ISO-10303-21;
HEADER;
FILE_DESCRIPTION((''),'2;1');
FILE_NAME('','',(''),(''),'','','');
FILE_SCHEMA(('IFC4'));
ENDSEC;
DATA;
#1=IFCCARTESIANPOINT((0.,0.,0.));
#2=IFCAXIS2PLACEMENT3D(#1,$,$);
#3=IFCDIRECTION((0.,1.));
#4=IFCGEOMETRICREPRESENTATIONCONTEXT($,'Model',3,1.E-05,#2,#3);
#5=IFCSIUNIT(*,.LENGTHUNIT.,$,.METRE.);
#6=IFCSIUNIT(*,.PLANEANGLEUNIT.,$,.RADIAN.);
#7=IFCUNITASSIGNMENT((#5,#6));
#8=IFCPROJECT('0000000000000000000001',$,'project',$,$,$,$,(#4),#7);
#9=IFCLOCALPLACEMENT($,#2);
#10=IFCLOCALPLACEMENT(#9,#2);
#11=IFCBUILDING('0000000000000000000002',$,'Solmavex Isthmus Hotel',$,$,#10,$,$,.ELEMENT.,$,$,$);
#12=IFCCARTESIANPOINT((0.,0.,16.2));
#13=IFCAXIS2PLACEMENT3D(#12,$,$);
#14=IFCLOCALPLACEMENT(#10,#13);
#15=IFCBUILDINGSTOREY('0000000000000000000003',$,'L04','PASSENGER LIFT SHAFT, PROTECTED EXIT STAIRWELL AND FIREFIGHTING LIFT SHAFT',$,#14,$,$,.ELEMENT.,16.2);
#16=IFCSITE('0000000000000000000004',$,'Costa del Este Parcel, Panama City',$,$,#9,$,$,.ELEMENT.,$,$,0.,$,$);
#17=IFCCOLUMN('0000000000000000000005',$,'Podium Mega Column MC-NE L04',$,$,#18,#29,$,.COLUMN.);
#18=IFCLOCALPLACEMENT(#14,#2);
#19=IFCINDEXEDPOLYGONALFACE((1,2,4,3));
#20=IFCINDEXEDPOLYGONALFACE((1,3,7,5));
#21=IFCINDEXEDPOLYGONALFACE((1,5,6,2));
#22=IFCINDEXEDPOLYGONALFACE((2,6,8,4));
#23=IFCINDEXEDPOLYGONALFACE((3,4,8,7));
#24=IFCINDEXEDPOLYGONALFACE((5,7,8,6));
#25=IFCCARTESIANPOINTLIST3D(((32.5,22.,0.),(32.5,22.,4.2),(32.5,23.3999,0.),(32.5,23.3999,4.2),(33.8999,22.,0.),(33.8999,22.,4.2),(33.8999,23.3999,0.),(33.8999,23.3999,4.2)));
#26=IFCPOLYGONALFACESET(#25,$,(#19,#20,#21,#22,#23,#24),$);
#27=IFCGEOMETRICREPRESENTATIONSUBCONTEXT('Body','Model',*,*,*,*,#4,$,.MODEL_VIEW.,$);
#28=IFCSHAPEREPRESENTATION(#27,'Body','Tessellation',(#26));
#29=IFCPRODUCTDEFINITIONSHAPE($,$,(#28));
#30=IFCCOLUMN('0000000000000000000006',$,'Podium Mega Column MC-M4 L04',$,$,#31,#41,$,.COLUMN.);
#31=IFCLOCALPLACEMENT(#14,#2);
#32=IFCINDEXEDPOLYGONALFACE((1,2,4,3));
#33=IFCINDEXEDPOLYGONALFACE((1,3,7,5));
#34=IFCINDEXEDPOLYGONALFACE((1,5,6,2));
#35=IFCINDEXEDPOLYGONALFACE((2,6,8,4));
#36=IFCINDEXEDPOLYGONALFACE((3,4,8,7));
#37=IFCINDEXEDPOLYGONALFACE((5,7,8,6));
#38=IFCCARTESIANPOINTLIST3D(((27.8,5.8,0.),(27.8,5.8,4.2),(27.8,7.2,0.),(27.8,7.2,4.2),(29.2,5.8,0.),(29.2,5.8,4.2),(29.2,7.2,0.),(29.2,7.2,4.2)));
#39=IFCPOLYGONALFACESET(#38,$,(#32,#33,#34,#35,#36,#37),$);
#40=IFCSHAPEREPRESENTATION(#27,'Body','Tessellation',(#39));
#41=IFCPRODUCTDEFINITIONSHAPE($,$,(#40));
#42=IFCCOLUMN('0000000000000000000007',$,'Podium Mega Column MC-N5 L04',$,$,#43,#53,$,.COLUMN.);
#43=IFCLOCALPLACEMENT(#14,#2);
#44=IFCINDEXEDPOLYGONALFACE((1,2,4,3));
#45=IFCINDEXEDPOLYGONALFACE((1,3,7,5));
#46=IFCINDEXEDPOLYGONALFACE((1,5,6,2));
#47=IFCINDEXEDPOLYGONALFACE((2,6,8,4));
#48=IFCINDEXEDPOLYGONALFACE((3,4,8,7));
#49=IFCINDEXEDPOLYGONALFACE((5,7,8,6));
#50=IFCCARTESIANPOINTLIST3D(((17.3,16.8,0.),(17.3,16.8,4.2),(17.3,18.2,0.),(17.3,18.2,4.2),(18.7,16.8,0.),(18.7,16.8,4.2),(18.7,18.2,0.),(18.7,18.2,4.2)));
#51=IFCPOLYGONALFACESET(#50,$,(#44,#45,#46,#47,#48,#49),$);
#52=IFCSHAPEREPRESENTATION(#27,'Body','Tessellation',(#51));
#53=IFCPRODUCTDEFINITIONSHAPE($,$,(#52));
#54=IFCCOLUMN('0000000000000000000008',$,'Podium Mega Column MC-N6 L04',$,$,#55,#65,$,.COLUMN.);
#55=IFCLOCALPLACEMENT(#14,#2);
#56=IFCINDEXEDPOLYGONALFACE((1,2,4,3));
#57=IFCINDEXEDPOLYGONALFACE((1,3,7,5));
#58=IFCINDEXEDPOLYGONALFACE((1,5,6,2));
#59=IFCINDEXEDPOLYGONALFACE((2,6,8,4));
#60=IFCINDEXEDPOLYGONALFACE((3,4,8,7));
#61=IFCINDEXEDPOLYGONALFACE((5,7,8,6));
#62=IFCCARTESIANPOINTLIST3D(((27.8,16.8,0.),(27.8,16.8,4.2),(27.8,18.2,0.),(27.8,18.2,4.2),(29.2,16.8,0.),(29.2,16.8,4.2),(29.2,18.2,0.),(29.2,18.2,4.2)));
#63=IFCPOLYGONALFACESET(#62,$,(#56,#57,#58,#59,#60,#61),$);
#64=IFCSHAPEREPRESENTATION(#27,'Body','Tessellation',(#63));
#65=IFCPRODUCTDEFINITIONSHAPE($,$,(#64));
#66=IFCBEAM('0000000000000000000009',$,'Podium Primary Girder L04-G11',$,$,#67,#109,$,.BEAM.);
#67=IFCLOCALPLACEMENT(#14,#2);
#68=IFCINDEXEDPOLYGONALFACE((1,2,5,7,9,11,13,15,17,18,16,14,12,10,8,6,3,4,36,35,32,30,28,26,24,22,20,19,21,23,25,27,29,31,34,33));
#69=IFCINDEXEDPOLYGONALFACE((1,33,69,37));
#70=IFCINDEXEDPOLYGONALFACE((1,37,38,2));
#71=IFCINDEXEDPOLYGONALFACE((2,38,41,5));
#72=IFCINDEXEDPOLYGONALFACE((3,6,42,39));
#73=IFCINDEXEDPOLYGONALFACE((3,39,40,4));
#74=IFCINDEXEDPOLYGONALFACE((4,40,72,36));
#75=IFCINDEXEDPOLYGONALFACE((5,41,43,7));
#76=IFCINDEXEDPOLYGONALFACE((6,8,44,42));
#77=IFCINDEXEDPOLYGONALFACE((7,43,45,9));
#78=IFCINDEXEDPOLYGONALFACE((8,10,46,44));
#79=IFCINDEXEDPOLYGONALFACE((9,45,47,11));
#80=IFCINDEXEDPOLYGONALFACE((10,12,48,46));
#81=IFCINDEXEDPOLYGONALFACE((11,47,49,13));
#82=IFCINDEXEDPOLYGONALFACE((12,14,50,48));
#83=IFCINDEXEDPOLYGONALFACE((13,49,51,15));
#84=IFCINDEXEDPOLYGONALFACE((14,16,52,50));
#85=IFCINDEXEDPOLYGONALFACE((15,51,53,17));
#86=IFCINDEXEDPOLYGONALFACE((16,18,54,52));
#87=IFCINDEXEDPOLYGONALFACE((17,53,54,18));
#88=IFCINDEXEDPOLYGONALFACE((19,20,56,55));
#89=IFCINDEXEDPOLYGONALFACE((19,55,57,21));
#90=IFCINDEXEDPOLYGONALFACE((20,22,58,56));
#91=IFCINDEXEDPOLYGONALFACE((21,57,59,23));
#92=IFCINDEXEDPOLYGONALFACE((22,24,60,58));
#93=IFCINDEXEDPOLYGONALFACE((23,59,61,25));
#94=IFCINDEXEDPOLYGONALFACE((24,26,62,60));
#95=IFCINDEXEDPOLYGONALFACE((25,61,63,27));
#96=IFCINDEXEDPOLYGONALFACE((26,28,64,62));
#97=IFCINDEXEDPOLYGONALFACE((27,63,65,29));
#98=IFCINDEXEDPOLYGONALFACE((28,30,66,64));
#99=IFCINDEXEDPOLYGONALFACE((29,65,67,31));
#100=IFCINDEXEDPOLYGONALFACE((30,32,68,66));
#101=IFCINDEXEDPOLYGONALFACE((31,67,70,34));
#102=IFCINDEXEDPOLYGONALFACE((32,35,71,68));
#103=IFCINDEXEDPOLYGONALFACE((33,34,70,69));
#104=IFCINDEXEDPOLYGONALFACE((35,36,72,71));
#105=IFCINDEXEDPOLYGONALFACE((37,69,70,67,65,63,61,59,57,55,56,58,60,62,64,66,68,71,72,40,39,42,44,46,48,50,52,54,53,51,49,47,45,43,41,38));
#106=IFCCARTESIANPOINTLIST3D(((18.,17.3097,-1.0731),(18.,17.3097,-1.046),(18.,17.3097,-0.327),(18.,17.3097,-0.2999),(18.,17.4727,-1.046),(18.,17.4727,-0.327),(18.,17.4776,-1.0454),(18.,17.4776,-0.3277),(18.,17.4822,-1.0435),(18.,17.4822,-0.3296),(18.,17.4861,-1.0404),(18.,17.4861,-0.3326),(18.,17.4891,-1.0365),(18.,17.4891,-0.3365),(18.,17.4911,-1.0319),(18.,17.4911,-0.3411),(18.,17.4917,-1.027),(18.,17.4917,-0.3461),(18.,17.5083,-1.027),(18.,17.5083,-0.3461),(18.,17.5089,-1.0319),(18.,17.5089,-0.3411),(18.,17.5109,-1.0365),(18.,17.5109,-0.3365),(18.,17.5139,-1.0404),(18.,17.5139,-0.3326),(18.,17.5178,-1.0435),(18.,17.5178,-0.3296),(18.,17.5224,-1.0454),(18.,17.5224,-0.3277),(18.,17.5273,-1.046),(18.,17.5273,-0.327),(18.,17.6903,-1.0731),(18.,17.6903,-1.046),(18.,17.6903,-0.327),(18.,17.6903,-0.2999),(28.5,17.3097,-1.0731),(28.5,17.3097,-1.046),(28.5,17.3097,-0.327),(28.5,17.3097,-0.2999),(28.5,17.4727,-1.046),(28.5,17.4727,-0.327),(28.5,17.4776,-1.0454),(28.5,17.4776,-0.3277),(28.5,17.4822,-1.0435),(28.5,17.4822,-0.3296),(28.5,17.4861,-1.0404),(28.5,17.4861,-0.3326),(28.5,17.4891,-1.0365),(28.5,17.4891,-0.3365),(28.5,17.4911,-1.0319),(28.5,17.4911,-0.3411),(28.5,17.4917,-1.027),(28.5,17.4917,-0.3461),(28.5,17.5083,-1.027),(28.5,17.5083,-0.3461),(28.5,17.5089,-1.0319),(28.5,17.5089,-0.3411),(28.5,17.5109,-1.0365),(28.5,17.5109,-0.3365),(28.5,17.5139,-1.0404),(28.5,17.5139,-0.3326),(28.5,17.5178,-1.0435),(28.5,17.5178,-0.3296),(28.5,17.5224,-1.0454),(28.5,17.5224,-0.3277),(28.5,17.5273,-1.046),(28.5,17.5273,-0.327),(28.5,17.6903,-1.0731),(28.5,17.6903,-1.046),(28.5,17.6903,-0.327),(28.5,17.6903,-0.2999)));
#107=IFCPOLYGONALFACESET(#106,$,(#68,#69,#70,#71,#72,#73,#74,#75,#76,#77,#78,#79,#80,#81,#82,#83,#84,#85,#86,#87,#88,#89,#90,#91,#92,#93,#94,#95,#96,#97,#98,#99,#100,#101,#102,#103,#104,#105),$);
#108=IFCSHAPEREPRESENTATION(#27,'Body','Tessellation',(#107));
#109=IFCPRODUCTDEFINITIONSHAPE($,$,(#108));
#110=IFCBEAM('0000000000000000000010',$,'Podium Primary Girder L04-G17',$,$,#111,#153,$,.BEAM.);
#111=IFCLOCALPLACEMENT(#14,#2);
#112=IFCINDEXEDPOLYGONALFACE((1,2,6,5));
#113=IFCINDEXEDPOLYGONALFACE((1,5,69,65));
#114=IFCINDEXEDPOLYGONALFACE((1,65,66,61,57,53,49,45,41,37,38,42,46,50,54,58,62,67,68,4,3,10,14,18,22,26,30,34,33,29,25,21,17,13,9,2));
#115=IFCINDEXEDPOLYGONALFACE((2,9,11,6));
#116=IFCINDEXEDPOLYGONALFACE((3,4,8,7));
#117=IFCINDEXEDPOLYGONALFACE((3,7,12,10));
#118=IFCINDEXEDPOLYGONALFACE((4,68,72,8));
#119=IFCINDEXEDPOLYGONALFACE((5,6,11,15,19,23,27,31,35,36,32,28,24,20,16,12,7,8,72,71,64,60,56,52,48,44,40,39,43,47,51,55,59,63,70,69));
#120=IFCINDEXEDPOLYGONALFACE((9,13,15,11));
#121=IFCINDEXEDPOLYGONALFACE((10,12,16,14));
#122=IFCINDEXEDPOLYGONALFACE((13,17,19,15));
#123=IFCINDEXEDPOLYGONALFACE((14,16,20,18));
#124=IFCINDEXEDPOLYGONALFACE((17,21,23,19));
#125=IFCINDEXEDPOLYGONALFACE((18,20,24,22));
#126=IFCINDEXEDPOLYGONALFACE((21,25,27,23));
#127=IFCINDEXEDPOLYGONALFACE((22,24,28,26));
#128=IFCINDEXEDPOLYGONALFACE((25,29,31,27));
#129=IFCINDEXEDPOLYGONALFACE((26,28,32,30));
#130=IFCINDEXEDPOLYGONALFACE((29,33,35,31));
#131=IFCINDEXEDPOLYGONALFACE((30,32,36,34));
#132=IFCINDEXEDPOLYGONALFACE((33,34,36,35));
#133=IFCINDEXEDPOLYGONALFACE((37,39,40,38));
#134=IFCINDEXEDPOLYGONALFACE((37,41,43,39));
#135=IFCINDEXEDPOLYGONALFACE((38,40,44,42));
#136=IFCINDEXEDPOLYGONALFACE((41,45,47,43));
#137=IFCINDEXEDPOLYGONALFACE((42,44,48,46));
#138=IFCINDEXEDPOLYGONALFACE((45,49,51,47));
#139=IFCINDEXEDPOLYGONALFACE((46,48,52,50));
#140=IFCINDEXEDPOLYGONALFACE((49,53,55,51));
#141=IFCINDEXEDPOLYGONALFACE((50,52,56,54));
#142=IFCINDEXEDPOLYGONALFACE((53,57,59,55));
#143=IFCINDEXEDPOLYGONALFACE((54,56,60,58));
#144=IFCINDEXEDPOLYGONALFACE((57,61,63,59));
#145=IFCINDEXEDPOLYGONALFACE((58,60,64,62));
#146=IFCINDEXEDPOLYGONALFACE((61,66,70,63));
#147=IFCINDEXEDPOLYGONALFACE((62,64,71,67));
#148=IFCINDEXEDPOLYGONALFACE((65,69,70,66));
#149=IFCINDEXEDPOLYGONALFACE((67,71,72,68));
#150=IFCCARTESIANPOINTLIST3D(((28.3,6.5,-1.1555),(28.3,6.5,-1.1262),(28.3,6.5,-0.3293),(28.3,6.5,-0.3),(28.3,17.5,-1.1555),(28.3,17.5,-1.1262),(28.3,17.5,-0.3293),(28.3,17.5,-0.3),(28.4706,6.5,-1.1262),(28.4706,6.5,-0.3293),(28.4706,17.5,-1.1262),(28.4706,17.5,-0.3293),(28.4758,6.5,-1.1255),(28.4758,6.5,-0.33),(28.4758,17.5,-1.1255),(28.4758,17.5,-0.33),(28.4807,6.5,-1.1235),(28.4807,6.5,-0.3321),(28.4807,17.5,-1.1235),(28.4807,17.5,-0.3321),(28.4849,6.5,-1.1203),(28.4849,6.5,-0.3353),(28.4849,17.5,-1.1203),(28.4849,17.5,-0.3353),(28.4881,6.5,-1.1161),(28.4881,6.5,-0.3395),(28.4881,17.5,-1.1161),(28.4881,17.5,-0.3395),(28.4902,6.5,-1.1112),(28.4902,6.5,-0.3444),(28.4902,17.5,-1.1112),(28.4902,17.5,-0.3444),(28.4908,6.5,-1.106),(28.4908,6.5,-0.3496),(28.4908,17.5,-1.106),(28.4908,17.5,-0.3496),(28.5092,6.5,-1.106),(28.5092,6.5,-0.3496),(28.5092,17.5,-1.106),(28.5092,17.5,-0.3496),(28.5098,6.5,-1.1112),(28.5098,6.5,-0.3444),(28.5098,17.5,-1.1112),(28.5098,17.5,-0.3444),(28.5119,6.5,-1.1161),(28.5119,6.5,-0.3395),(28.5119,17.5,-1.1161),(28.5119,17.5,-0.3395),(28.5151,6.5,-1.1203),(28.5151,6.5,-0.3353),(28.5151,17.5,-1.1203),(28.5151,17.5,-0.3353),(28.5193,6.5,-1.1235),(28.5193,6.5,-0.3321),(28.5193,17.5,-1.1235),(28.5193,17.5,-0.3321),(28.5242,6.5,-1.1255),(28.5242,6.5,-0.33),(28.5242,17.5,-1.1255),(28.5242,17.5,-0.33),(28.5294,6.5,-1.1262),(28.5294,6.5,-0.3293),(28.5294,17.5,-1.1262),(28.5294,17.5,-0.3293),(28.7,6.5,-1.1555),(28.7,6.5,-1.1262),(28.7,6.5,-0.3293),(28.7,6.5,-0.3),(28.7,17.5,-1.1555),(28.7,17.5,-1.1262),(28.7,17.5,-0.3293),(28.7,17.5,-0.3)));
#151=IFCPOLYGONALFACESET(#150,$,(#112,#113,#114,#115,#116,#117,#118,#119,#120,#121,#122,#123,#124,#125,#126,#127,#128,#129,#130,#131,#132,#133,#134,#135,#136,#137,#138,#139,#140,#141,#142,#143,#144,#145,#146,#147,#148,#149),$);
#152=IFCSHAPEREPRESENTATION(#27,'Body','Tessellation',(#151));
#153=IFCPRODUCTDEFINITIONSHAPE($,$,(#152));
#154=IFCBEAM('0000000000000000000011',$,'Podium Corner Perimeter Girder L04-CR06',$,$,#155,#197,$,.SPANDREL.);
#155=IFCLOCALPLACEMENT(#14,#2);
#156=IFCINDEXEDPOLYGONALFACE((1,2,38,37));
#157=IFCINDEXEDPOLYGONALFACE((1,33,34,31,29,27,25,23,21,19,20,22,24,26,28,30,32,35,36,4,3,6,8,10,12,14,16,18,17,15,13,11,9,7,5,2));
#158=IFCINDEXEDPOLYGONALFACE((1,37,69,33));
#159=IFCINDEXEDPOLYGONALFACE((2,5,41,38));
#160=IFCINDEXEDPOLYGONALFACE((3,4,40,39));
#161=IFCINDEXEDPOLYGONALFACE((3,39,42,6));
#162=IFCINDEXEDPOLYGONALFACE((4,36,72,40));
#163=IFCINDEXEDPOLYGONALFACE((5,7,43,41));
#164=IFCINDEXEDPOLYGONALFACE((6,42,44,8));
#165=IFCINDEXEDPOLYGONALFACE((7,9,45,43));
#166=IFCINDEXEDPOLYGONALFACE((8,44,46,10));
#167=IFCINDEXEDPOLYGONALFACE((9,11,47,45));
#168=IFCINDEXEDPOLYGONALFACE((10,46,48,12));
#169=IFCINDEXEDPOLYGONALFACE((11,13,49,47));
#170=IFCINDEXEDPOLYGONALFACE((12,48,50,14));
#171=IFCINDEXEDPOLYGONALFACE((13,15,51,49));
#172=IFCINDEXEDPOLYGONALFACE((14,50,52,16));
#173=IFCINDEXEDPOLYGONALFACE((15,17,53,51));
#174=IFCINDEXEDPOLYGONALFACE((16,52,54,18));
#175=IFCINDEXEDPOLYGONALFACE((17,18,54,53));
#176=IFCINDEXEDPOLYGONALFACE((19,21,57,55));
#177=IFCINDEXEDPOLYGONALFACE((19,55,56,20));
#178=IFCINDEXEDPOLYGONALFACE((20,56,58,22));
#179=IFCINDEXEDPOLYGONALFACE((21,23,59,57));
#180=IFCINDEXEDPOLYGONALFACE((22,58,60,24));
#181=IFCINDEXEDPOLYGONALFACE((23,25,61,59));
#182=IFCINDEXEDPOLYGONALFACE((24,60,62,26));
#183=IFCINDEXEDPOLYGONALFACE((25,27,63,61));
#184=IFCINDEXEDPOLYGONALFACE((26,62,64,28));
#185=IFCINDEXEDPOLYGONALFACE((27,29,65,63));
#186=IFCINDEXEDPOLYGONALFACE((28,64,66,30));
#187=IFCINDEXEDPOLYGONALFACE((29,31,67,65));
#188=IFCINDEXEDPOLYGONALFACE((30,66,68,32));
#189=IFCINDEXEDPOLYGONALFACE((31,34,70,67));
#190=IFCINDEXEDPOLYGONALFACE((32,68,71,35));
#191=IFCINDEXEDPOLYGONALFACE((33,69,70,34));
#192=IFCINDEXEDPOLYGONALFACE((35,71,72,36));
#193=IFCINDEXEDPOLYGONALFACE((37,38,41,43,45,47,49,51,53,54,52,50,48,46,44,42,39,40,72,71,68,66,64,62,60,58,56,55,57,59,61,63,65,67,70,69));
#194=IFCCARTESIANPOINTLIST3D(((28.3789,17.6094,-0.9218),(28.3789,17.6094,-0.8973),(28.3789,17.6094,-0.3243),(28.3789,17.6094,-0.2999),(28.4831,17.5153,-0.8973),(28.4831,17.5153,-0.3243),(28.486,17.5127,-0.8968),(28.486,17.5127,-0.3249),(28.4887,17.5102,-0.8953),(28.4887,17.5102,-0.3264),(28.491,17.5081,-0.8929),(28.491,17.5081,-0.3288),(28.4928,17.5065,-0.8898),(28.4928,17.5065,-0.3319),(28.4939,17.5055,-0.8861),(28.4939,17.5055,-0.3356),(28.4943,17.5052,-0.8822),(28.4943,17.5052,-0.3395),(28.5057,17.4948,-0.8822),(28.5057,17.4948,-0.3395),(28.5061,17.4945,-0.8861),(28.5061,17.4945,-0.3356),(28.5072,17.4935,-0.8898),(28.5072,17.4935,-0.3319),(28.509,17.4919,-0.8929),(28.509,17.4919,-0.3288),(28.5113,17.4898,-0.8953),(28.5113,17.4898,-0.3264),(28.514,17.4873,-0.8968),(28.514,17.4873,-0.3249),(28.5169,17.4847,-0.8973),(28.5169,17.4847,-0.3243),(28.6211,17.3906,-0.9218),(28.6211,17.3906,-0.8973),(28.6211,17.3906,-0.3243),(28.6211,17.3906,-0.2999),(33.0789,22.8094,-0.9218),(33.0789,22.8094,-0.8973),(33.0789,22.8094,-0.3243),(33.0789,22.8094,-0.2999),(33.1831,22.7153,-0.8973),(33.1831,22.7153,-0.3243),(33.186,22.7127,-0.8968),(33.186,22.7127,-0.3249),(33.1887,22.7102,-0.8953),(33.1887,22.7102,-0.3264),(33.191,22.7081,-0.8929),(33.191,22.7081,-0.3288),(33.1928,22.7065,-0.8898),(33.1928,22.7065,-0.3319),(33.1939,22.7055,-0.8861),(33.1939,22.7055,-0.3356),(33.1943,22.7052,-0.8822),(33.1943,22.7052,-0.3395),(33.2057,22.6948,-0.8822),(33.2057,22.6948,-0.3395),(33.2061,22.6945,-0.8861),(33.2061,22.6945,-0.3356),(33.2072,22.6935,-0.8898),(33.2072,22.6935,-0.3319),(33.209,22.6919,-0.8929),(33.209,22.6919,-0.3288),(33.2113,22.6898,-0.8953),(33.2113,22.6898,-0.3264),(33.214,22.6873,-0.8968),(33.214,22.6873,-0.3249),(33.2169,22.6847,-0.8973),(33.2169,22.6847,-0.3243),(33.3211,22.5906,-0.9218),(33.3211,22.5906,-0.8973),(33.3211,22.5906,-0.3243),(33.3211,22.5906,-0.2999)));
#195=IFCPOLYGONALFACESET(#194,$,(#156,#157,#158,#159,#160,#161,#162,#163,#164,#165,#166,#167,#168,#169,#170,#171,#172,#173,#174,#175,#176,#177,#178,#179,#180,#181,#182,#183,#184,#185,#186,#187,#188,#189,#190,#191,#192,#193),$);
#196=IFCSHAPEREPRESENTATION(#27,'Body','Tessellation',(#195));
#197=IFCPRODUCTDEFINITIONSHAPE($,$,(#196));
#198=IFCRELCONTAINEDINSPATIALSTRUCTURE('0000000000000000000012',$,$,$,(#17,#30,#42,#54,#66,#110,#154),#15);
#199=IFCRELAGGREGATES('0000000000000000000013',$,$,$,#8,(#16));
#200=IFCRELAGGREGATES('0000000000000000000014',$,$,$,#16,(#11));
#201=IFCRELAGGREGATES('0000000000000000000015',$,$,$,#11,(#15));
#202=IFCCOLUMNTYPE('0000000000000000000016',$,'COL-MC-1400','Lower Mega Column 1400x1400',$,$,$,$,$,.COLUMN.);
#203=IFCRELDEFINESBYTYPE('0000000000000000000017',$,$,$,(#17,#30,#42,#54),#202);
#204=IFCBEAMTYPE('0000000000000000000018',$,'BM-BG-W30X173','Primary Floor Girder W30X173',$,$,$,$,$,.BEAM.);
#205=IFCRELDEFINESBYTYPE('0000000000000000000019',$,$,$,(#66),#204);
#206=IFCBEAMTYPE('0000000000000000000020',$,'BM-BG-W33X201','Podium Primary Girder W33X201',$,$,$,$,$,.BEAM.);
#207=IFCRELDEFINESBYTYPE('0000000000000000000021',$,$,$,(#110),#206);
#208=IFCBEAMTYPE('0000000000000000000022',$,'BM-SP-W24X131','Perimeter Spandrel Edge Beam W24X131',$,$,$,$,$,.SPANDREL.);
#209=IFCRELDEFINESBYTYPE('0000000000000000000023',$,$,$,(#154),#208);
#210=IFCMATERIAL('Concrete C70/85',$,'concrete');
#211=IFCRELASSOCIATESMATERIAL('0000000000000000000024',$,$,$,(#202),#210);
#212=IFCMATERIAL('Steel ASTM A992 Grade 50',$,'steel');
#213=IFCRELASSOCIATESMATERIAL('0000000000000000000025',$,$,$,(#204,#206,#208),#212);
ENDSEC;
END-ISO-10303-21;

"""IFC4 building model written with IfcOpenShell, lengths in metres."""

from ifc_helpers import new_model, si_unit, direction, frame, origin, origin_2d, place, context, subcontext, project, spatial, rectangle, i_section, extrude, material, material_profile, profile_set, type_object, element, save


model = new_model("IFC4")

# Units and contexts
model_context = context("Model", 3, precision=1e-05, world=origin(), true_north=direction((0.0, 1.0)))
body_context = subcontext(model_context, "Body", "Model", "MODEL_VIEW")
ifc_project = project(units=[si_unit("LENGTHUNIT", "METRE"), si_unit("PLANEANGLEUNIT", "RADIAN")], contexts=[model_context])

# Site, building, storey
site_placement = place(None, origin())
site = spatial("IfcSite", under=ifc_project, at=site_placement, Name="Costa del Este Parcel, Panama City", CompositionType="ELEMENT", RefElevation=0.0)
building_placement = place(site_placement, origin())
building = spatial("IfcBuilding", under=site, at=building_placement, Name="Solmavex Isthmus Hotel", CompositionType="ELEMENT")
storey_placement = place(building_placement, frame((0.0, 0.0, 16.2)))
storey = spatial("IfcBuildingStorey", under=building, at=storey_placement, Name="L04", Description="PASSENGER LIFT SHAFT, PROTECTED EXIT STAIRWELL AND FIREFIGHTING LIFT SHAFT", CompositionType="ELEMENT", Elevation=16.2)

# Columns
ifc_material_1 = material(Name="Concrete C70/85", Category="concrete")
ifc_material_profile_1 = material_profile(ifc_material_1, rectangle(XDim=1.3999, YDim=1.3999, at=origin_2d()), Name="RC1400X1400")
ifc_profile_set_1 = profile_set([ifc_material_profile_1], Name="Concrete C70/85")
column_type = type_object("IfcColumnType", Name="COL-MC-1400", Description="Lower Mega Column 1400x1400", PredefinedType="COLUMN", material=ifc_profile_set_1)
for number, where, z_axis, x_axis, name in (
    (1, (33.2, 22.7, 0.0), (0.0, 0.0, 1.0), (1.0, 0.0, 0.0), "Podium Mega Column MC-NE L04"),
    (2, (28.5, 6.5, 0.0), (0.0, 0.0, 1.0), (1.0, 0.0, 0.0), "Podium Mega Column MC-M4 L04"),
    (3, (18.0, 17.5, 0.0), (0.0, 0.0, 1.0), (1.0, 0.0, 0.0), "Podium Mega Column MC-N5 L04"),
    (4, (28.5, 17.5, 0.0), (0.0, 0.0, 1.0), (1.0, 0.0, 0.0), "Podium Mega Column MC-N6 L04"),
):
    element("IfcColumn", number, at=place(storey_placement, frame(where, z_axis=z_axis, x_axis=x_axis)), inside=storey, type_object=column_type, Name=name, PredefinedType="COLUMN", context=body_context, shape_type="SweptSolid", body=[
        extrude(rectangle(XDim=1.3999, YDim=1.3999, at=origin_2d()), origin(), (0.0, 0.0, 1.0), 4.2),
    ])

# Beams
ifc_material_2 = material(Name="Steel ASTM A992 Grade 50", Category="steel")
ifc_material_profile_2 = material_profile(ifc_material_2, i_section(OverallWidth=0.3806, OverallDepth=0.7732, WebThickness=0.0166, FlangeThickness=0.0271, FilletRadius=0.019, at=origin_2d()), Name="W30X173")
ifc_profile_set_2 = profile_set([ifc_material_profile_2], Name="Steel ASTM A992 Grade 50")
beam_type_1 = type_object("IfcBeamType", Name="BM-BG-W30X173", Description="Primary Floor Girder W30X173", PredefinedType="BEAM", material=ifc_profile_set_2)
beam_1_placement = place(storey_placement, frame((18.0, 17.5, -0.6865), z_axis=(1.0, 0.0, 0.0), x_axis=(0.0, 1.0, 0.0)))
element("IfcBeam", 5, at=beam_1_placement, inside=storey, type_object=beam_type_1, Name="Podium Primary Girder L04-G11", PredefinedType="BEAM", context=body_context, shape_type="SweptSolid", body=[
    extrude(i_section(OverallWidth=0.3806, OverallDepth=0.7732, WebThickness=0.0166, FlangeThickness=0.0271, FilletRadius=0.019, at=origin_2d()), origin(), (0.0, 0.0, 1.0), 10.5),
])
ifc_material_profile_3 = material_profile(ifc_material_2, i_section(OverallWidth=0.3999, OverallDepth=0.8555, WebThickness=0.0183, FlangeThickness=0.0293, FilletRadius=0.0203, at=origin_2d()), Name="W33X201")
ifc_profile_set_3 = profile_set([ifc_material_profile_3], Name="Steel ASTM A992 Grade 50")
beam_type_2 = type_object("IfcBeamType", Name="BM-BG-W33X201", Description="Podium Primary Girder W33X201", PredefinedType="BEAM", material=ifc_profile_set_3)
beam_2_placement = place(storey_placement, frame((28.5, 6.5, -0.7278), z_axis=(0.0, 1.0, 0.0), x_axis=(-1.0, 0.0, 0.0)))
element("IfcBeam", 6, at=beam_2_placement, inside=storey, type_object=beam_type_2, Name="Podium Primary Girder L04-G17", PredefinedType="BEAM", context=body_context, shape_type="SweptSolid", body=[
    extrude(i_section(OverallWidth=0.3999, OverallDepth=0.8555, WebThickness=0.0183, FlangeThickness=0.0293, FilletRadius=0.0203, at=origin_2d()), origin(), (0.0, 0.0, 1.0), 11.0),
])
ifc_material_profile_4 = material_profile(ifc_material_2, i_section(OverallWidth=0.3264, OverallDepth=0.6218, WebThickness=0.0154, FlangeThickness=0.0244, FilletRadius=0.0151, at=origin_2d()), Name="W24X131")
ifc_profile_set_4 = profile_set([ifc_material_profile_4], Name="Steel ASTM A992 Grade 50")
beam_type_3 = type_object("IfcBeamType", Name="BM-SP-W24X131", Description="Perimeter Spandrel Edge Beam W24X131", PredefinedType="SPANDREL", material=ifc_profile_set_4)
beam_3_placement = place(storey_placement, frame((28.5, 17.5, -0.6108), z_axis=(0.670539, 0.741874, 0.0), x_axis=(-0.741874, 0.670539, 0.0)))
element("IfcBeam", 7, at=beam_3_placement, inside=storey, type_object=beam_type_3, Name="Podium Corner Perimeter Girder L04-CR06", PredefinedType="SPANDREL", context=body_context, shape_type="SweptSolid", body=[
    extrude(i_section(OverallWidth=0.3264, OverallDepth=0.6218, WebThickness=0.0154, FlangeThickness=0.0244, FilletRadius=0.0151, at=origin_2d()), origin(), (0.0, 0.0, 1.0), 7.0093),
])

save(model, "model.ifc")
